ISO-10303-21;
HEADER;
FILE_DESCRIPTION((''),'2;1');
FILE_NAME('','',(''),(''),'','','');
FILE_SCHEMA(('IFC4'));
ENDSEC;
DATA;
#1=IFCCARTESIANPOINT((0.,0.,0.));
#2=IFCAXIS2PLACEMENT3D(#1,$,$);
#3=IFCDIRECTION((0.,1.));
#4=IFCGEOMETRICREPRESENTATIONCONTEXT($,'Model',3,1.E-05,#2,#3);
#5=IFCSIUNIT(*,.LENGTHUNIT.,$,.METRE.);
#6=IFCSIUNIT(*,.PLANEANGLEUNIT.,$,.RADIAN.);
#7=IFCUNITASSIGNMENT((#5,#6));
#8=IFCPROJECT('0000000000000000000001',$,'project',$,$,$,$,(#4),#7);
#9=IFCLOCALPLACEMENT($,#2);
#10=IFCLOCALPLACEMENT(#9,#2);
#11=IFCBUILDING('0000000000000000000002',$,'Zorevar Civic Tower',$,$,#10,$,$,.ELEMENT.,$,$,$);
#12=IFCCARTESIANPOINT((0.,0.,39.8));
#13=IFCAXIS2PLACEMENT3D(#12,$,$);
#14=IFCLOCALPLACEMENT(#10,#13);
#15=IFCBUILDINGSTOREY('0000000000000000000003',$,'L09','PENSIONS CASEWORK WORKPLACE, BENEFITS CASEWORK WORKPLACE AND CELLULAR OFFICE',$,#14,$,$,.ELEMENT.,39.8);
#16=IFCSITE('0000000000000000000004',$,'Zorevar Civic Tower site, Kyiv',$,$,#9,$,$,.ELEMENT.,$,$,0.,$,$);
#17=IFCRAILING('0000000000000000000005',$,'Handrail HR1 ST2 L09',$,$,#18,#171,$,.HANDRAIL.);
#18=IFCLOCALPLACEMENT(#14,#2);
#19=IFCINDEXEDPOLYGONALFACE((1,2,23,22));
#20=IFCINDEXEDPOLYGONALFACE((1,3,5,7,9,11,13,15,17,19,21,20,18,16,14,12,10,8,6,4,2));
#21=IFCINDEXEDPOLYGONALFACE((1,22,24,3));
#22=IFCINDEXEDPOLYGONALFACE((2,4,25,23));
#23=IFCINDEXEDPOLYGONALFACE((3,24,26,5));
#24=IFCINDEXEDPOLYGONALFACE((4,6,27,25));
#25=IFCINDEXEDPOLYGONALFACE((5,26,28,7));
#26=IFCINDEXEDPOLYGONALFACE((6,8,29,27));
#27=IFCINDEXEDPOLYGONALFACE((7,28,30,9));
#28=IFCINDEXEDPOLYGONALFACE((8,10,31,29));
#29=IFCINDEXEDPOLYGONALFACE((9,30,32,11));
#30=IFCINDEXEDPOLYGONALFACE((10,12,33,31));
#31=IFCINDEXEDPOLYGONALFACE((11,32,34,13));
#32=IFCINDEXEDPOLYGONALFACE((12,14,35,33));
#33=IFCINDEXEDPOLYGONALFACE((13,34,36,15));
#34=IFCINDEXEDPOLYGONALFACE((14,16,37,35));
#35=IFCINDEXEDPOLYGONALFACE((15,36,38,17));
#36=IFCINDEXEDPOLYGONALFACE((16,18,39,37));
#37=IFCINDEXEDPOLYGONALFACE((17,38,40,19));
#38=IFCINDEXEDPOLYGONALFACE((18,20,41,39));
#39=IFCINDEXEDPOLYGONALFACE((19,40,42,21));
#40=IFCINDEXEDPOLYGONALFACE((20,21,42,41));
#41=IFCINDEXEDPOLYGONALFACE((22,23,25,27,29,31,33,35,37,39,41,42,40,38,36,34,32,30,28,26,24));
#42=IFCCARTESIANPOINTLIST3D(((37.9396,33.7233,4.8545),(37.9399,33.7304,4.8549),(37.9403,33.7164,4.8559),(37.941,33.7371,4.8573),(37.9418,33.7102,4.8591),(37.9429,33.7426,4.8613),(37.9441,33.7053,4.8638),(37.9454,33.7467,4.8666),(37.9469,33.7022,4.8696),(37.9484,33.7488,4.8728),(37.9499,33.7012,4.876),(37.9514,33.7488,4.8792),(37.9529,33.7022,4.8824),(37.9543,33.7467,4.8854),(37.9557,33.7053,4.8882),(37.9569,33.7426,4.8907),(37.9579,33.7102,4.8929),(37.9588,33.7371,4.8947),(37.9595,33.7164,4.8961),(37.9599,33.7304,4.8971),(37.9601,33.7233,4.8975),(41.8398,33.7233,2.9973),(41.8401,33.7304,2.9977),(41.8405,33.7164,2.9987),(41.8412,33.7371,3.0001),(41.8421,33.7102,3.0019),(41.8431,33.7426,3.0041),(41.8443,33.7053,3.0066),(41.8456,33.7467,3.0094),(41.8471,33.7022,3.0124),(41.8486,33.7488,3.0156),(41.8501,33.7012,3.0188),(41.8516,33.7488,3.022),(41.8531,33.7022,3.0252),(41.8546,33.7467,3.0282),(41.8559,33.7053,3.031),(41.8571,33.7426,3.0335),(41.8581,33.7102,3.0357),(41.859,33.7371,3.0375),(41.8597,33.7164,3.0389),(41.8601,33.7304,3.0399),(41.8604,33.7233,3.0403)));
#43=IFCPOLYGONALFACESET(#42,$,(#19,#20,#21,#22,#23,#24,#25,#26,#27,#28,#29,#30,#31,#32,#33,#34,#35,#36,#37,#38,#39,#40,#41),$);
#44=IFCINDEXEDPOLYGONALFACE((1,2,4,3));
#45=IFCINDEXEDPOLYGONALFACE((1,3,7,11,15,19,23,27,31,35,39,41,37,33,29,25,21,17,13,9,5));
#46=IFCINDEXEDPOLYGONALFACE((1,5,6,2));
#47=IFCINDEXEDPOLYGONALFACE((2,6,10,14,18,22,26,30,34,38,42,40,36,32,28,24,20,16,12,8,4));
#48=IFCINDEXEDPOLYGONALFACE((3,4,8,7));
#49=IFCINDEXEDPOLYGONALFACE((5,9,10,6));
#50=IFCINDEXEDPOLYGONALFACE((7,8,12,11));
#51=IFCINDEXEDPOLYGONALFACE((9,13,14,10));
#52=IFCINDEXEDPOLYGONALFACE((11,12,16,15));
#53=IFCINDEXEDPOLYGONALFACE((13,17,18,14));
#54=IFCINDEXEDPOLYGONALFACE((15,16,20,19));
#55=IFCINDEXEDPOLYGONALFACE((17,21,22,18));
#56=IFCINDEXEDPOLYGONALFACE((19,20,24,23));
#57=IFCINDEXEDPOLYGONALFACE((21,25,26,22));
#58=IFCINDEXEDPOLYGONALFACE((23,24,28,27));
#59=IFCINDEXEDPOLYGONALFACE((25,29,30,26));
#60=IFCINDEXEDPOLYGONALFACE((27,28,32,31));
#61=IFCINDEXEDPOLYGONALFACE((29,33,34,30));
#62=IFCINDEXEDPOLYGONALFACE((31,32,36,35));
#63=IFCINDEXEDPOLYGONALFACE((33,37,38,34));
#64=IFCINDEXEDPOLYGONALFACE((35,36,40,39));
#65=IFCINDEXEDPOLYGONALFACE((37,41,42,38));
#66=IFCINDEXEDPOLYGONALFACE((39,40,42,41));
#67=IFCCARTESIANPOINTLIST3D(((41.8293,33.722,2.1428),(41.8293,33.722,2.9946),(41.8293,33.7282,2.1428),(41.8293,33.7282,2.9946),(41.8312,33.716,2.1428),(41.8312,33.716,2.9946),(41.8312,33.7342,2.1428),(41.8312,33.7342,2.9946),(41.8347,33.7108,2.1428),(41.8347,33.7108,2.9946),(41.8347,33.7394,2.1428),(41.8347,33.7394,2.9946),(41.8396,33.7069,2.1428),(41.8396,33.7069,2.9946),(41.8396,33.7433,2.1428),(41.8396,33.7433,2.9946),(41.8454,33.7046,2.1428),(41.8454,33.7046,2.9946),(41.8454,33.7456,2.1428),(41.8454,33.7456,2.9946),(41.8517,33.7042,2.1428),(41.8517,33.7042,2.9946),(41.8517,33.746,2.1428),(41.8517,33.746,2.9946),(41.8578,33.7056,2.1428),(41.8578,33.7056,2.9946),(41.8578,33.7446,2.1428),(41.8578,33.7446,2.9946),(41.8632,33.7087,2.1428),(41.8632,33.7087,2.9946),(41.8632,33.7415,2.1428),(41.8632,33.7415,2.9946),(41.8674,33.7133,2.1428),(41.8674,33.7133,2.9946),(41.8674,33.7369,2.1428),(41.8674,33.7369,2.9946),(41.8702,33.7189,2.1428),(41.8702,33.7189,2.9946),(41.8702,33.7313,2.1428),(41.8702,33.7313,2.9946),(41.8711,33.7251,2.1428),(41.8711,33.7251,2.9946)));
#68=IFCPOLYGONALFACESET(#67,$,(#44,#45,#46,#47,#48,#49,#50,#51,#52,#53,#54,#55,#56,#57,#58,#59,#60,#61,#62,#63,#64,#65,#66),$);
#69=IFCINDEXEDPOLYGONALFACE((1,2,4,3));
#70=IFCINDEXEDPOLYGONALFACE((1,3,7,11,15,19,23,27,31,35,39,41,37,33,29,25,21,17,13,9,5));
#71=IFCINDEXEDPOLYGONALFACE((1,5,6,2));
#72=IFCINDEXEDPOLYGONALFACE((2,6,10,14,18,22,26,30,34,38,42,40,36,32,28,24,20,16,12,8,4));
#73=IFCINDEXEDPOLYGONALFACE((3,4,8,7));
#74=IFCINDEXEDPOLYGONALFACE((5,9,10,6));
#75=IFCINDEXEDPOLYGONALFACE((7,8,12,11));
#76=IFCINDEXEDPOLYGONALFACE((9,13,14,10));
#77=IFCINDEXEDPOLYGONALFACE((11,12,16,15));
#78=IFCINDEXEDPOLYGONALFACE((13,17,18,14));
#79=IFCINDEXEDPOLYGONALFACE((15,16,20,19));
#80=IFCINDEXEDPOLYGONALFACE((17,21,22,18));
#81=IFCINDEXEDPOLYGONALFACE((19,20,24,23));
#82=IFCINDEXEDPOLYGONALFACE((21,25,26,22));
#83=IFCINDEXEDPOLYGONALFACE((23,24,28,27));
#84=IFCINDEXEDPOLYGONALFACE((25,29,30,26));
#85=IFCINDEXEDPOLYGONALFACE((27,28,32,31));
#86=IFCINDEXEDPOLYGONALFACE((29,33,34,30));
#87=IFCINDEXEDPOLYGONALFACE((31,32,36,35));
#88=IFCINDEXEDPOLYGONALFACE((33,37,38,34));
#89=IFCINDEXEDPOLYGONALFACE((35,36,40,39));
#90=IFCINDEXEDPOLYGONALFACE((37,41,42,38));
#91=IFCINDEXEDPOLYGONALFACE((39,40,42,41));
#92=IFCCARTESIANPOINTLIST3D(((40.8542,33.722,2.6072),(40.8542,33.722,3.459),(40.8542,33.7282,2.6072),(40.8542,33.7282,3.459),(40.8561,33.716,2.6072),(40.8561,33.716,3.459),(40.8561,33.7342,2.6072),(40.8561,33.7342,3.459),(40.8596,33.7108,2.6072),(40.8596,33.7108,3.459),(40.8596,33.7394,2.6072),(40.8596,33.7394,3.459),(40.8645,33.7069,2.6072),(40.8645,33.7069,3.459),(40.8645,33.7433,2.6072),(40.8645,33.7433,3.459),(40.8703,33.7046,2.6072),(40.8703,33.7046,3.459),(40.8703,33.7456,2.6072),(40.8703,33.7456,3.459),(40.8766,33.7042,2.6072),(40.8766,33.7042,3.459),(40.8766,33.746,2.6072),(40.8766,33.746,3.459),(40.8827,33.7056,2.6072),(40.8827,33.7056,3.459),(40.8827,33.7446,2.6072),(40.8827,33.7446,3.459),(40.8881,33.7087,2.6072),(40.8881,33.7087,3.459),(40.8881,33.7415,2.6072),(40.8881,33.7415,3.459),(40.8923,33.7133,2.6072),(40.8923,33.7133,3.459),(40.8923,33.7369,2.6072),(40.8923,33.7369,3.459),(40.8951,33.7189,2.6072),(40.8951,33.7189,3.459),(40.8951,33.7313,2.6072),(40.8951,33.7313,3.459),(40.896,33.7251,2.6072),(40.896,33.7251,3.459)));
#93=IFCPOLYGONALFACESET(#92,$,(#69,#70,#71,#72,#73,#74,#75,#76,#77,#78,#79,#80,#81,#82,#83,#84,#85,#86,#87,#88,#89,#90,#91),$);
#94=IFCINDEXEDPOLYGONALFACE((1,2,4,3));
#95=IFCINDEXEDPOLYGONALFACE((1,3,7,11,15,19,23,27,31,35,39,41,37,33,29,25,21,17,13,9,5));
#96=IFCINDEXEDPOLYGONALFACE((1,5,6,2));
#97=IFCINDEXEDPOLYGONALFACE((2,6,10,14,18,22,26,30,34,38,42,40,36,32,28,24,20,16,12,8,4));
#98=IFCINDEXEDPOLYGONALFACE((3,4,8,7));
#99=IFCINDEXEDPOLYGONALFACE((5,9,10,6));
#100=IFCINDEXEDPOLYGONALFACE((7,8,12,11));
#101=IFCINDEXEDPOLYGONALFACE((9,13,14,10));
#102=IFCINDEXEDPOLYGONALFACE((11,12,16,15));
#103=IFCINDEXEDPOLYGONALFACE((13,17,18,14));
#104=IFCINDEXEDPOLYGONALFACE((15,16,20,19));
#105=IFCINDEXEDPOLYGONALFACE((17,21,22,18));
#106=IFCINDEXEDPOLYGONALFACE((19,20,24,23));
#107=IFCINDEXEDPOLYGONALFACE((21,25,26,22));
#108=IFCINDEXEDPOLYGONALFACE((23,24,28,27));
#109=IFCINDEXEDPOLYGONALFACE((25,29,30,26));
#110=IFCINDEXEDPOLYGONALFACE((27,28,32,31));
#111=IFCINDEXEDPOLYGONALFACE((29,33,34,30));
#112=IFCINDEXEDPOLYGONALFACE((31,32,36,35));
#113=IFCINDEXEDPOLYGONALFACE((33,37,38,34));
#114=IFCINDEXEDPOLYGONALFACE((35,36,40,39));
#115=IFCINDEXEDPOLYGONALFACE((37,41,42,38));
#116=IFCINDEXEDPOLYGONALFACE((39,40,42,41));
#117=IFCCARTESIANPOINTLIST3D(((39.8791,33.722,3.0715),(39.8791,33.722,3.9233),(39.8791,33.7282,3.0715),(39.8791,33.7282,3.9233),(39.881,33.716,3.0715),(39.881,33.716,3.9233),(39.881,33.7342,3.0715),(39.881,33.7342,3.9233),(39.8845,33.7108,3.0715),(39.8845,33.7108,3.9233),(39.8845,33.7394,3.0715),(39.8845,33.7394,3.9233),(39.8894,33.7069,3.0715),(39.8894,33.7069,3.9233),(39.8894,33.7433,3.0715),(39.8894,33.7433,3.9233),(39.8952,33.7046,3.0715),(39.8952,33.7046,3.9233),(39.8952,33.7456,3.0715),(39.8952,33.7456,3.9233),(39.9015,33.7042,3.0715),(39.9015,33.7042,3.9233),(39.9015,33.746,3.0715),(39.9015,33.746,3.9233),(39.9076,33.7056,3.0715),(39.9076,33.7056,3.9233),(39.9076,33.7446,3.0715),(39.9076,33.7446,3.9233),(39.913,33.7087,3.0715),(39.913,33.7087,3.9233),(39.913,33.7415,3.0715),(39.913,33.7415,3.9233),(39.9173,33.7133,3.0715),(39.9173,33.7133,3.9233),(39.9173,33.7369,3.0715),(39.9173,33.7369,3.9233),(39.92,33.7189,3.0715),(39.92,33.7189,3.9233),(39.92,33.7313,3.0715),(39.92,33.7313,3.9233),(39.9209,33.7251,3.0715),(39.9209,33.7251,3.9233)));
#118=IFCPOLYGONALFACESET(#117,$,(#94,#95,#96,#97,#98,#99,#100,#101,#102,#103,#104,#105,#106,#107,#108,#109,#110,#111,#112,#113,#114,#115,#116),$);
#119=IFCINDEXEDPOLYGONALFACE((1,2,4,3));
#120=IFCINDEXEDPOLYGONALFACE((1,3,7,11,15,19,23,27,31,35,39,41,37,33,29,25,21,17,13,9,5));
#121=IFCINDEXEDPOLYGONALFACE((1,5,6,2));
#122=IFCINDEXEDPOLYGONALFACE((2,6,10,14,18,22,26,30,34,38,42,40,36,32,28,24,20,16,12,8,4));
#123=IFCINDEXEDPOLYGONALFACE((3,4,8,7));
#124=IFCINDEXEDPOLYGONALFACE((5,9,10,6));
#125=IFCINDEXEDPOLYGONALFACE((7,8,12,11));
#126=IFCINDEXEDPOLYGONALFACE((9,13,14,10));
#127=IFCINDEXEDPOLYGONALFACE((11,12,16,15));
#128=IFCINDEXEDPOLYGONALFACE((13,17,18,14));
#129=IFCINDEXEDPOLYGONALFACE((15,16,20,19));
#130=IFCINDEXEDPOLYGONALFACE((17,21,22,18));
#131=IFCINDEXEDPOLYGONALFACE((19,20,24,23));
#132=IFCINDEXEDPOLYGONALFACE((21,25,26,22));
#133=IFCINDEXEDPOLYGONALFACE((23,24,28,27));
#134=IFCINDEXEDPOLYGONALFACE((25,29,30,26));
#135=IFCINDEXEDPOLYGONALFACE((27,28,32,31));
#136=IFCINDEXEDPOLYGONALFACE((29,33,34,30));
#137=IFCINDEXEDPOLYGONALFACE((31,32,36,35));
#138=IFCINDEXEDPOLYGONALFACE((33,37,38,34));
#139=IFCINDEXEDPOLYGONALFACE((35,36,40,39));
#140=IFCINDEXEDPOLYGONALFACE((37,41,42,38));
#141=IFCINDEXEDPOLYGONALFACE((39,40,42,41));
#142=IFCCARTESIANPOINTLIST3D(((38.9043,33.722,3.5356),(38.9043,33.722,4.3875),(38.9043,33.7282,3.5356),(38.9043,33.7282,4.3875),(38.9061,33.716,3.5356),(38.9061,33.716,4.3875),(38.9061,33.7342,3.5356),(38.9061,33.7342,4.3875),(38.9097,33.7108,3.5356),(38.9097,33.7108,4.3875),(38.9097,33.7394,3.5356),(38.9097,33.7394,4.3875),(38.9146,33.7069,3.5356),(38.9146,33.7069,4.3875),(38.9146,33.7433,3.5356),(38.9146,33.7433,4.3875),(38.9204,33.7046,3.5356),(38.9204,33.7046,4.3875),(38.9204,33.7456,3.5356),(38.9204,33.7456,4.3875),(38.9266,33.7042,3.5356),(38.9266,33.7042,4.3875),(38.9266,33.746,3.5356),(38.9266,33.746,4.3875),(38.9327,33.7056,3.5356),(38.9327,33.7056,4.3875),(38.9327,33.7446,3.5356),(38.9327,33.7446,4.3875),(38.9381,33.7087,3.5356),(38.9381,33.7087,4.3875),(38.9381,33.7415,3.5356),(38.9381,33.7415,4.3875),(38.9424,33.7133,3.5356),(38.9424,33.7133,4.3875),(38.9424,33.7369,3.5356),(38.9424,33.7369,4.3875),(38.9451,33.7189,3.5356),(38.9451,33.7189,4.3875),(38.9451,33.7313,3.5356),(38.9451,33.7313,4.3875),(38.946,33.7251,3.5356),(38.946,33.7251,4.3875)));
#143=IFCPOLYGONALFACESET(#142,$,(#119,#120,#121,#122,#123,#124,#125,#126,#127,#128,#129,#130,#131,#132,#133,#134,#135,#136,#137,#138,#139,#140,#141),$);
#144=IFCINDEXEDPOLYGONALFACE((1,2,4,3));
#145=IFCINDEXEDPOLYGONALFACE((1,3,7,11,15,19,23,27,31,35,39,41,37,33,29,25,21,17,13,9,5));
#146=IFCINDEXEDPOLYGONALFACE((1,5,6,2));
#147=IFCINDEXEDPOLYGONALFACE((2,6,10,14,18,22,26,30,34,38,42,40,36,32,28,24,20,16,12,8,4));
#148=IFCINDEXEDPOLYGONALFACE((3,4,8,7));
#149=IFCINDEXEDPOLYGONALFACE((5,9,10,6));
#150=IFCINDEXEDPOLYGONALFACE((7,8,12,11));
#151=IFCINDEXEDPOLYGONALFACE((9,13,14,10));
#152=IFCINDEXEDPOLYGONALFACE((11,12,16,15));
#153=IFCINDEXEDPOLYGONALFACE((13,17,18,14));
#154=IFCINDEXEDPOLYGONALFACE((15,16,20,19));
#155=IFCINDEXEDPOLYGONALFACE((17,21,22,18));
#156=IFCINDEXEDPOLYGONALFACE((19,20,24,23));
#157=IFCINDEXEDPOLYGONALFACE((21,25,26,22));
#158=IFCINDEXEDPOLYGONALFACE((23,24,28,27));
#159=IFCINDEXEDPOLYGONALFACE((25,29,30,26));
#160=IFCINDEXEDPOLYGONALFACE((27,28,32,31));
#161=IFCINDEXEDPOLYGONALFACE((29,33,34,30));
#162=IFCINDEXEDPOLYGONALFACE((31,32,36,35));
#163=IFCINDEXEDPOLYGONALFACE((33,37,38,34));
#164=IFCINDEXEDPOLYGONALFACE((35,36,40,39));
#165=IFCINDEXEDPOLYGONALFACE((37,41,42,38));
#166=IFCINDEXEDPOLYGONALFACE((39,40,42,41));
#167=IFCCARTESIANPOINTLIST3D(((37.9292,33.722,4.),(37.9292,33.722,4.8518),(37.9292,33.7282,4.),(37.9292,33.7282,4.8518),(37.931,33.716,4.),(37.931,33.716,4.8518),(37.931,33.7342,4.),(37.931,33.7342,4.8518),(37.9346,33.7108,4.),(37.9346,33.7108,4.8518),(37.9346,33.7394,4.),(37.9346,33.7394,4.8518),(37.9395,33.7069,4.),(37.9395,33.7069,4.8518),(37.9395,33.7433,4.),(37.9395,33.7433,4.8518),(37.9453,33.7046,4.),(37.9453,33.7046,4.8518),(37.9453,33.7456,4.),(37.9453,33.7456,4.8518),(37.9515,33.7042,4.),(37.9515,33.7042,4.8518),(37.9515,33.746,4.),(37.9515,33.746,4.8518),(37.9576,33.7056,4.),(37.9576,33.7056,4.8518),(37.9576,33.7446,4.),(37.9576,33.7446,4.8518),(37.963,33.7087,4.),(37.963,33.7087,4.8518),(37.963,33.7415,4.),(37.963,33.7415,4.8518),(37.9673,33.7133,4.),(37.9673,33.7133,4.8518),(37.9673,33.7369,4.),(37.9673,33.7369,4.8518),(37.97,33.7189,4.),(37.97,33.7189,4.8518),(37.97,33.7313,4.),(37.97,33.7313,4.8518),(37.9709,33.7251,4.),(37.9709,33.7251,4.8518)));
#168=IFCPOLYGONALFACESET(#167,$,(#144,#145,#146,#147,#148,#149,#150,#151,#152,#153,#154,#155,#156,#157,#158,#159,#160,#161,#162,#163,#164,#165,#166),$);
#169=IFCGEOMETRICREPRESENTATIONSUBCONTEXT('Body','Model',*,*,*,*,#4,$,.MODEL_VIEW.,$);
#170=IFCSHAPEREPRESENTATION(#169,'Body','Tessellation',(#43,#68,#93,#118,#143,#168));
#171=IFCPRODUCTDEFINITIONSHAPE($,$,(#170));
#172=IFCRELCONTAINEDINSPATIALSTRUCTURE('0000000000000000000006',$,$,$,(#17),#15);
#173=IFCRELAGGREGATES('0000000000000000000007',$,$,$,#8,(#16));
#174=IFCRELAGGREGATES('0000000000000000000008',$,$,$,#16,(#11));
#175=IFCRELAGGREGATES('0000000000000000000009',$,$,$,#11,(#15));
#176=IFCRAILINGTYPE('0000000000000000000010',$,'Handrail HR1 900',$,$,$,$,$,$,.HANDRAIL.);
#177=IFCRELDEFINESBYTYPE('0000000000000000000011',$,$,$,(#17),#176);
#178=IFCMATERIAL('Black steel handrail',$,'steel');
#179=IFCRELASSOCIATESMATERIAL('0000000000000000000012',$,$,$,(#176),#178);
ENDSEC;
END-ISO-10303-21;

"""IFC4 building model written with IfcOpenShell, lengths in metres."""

from ifc_helpers import new_model, si_unit, direction, frame, origin, origin_2d, place, context, subcontext, project, spatial, circle, extrude, material, type_object, element, save


model = new_model("IFC4")

# Units and contexts
model_context = context("Model", 3, precision=1e-05, world=origin(), true_north=direction((0.0, 1.0)))
body_context = subcontext(model_context, "Body", "Model", "MODEL_VIEW")
ifc_project = project(units=[si_unit("LENGTHUNIT", "METRE"), si_unit("PLANEANGLEUNIT", "RADIAN")], contexts=[model_context])

# Site, building, storey
site_placement = place(None, origin())
site = spatial("IfcSite", under=ifc_project, at=site_placement, Name="Zorevar Civic Tower site, Kyiv", CompositionType="ELEMENT", RefElevation=0.0)
building_placement = place(site_placement, origin())
building = spatial("IfcBuilding", under=site, at=building_placement, Name="Zorevar Civic Tower", CompositionType="ELEMENT")
storey_placement = place(building_placement, frame((0.0, 0.0, 39.8)))
storey = spatial("IfcBuildingStorey", under=building, at=storey_placement, Name="L09", Description="PENSIONS CASEWORK WORKPLACE, BENEFITS CASEWORK WORKPLACE AND CELLULAR OFFICE", CompositionType="ELEMENT", Elevation=39.8)

# Railing
ifc_material_1 = material(Name="Black steel handrail", Category="steel")
railing_type = type_object("IfcRailingType", Name="Handrail HR1 900", PredefinedType="HANDRAIL", material=ifc_material_1)
railing_1_placement = place(storey_placement, frame((41.8501, 33.7251, 2.1428)))
element("IfcRailing", 1, at=railing_1_placement, inside=storey, type_object=railing_type, Name="Handrail HR1 ST2 L09", PredefinedType="HANDRAIL", context=body_context, shape_type="SweptSolid", body=[
    extrude(circle(Radius=0.0239, at=origin_2d()), frame((0.0, 0.0, 0.876), z_axis=(-0.902864, 0.0, 0.429927), x_axis=(0.0, -1.0, 0.0)), (0.0, 0.0, 1.0), 4.3198),
    extrude(circle(Radius=0.021, at=origin_2d()), origin(), (0.0, 0.0, 1.0), 0.8518),
    extrude(circle(Radius=0.021, at=origin_2d()), frame((-0.9751, 0.0, 0.4644)), (0.0, 0.0, 1.0), 0.8518),
    extrude(circle(Radius=0.021, at=origin_2d()), frame((-1.9502, 0.0, 0.9287)), (0.0, 0.0, 1.0), 0.8518),
    extrude(circle(Radius=0.021, at=origin_2d()), frame((-2.925, 0.0, 1.3928)), (0.0, 0.0, 1.0), 0.8518),
    extrude(circle(Radius=0.021, at=origin_2d()), frame((-3.9001, 0.0, 1.8572)), (0.0, 0.0, 1.0), 0.8518),
])

save(model, "model.ifc")
